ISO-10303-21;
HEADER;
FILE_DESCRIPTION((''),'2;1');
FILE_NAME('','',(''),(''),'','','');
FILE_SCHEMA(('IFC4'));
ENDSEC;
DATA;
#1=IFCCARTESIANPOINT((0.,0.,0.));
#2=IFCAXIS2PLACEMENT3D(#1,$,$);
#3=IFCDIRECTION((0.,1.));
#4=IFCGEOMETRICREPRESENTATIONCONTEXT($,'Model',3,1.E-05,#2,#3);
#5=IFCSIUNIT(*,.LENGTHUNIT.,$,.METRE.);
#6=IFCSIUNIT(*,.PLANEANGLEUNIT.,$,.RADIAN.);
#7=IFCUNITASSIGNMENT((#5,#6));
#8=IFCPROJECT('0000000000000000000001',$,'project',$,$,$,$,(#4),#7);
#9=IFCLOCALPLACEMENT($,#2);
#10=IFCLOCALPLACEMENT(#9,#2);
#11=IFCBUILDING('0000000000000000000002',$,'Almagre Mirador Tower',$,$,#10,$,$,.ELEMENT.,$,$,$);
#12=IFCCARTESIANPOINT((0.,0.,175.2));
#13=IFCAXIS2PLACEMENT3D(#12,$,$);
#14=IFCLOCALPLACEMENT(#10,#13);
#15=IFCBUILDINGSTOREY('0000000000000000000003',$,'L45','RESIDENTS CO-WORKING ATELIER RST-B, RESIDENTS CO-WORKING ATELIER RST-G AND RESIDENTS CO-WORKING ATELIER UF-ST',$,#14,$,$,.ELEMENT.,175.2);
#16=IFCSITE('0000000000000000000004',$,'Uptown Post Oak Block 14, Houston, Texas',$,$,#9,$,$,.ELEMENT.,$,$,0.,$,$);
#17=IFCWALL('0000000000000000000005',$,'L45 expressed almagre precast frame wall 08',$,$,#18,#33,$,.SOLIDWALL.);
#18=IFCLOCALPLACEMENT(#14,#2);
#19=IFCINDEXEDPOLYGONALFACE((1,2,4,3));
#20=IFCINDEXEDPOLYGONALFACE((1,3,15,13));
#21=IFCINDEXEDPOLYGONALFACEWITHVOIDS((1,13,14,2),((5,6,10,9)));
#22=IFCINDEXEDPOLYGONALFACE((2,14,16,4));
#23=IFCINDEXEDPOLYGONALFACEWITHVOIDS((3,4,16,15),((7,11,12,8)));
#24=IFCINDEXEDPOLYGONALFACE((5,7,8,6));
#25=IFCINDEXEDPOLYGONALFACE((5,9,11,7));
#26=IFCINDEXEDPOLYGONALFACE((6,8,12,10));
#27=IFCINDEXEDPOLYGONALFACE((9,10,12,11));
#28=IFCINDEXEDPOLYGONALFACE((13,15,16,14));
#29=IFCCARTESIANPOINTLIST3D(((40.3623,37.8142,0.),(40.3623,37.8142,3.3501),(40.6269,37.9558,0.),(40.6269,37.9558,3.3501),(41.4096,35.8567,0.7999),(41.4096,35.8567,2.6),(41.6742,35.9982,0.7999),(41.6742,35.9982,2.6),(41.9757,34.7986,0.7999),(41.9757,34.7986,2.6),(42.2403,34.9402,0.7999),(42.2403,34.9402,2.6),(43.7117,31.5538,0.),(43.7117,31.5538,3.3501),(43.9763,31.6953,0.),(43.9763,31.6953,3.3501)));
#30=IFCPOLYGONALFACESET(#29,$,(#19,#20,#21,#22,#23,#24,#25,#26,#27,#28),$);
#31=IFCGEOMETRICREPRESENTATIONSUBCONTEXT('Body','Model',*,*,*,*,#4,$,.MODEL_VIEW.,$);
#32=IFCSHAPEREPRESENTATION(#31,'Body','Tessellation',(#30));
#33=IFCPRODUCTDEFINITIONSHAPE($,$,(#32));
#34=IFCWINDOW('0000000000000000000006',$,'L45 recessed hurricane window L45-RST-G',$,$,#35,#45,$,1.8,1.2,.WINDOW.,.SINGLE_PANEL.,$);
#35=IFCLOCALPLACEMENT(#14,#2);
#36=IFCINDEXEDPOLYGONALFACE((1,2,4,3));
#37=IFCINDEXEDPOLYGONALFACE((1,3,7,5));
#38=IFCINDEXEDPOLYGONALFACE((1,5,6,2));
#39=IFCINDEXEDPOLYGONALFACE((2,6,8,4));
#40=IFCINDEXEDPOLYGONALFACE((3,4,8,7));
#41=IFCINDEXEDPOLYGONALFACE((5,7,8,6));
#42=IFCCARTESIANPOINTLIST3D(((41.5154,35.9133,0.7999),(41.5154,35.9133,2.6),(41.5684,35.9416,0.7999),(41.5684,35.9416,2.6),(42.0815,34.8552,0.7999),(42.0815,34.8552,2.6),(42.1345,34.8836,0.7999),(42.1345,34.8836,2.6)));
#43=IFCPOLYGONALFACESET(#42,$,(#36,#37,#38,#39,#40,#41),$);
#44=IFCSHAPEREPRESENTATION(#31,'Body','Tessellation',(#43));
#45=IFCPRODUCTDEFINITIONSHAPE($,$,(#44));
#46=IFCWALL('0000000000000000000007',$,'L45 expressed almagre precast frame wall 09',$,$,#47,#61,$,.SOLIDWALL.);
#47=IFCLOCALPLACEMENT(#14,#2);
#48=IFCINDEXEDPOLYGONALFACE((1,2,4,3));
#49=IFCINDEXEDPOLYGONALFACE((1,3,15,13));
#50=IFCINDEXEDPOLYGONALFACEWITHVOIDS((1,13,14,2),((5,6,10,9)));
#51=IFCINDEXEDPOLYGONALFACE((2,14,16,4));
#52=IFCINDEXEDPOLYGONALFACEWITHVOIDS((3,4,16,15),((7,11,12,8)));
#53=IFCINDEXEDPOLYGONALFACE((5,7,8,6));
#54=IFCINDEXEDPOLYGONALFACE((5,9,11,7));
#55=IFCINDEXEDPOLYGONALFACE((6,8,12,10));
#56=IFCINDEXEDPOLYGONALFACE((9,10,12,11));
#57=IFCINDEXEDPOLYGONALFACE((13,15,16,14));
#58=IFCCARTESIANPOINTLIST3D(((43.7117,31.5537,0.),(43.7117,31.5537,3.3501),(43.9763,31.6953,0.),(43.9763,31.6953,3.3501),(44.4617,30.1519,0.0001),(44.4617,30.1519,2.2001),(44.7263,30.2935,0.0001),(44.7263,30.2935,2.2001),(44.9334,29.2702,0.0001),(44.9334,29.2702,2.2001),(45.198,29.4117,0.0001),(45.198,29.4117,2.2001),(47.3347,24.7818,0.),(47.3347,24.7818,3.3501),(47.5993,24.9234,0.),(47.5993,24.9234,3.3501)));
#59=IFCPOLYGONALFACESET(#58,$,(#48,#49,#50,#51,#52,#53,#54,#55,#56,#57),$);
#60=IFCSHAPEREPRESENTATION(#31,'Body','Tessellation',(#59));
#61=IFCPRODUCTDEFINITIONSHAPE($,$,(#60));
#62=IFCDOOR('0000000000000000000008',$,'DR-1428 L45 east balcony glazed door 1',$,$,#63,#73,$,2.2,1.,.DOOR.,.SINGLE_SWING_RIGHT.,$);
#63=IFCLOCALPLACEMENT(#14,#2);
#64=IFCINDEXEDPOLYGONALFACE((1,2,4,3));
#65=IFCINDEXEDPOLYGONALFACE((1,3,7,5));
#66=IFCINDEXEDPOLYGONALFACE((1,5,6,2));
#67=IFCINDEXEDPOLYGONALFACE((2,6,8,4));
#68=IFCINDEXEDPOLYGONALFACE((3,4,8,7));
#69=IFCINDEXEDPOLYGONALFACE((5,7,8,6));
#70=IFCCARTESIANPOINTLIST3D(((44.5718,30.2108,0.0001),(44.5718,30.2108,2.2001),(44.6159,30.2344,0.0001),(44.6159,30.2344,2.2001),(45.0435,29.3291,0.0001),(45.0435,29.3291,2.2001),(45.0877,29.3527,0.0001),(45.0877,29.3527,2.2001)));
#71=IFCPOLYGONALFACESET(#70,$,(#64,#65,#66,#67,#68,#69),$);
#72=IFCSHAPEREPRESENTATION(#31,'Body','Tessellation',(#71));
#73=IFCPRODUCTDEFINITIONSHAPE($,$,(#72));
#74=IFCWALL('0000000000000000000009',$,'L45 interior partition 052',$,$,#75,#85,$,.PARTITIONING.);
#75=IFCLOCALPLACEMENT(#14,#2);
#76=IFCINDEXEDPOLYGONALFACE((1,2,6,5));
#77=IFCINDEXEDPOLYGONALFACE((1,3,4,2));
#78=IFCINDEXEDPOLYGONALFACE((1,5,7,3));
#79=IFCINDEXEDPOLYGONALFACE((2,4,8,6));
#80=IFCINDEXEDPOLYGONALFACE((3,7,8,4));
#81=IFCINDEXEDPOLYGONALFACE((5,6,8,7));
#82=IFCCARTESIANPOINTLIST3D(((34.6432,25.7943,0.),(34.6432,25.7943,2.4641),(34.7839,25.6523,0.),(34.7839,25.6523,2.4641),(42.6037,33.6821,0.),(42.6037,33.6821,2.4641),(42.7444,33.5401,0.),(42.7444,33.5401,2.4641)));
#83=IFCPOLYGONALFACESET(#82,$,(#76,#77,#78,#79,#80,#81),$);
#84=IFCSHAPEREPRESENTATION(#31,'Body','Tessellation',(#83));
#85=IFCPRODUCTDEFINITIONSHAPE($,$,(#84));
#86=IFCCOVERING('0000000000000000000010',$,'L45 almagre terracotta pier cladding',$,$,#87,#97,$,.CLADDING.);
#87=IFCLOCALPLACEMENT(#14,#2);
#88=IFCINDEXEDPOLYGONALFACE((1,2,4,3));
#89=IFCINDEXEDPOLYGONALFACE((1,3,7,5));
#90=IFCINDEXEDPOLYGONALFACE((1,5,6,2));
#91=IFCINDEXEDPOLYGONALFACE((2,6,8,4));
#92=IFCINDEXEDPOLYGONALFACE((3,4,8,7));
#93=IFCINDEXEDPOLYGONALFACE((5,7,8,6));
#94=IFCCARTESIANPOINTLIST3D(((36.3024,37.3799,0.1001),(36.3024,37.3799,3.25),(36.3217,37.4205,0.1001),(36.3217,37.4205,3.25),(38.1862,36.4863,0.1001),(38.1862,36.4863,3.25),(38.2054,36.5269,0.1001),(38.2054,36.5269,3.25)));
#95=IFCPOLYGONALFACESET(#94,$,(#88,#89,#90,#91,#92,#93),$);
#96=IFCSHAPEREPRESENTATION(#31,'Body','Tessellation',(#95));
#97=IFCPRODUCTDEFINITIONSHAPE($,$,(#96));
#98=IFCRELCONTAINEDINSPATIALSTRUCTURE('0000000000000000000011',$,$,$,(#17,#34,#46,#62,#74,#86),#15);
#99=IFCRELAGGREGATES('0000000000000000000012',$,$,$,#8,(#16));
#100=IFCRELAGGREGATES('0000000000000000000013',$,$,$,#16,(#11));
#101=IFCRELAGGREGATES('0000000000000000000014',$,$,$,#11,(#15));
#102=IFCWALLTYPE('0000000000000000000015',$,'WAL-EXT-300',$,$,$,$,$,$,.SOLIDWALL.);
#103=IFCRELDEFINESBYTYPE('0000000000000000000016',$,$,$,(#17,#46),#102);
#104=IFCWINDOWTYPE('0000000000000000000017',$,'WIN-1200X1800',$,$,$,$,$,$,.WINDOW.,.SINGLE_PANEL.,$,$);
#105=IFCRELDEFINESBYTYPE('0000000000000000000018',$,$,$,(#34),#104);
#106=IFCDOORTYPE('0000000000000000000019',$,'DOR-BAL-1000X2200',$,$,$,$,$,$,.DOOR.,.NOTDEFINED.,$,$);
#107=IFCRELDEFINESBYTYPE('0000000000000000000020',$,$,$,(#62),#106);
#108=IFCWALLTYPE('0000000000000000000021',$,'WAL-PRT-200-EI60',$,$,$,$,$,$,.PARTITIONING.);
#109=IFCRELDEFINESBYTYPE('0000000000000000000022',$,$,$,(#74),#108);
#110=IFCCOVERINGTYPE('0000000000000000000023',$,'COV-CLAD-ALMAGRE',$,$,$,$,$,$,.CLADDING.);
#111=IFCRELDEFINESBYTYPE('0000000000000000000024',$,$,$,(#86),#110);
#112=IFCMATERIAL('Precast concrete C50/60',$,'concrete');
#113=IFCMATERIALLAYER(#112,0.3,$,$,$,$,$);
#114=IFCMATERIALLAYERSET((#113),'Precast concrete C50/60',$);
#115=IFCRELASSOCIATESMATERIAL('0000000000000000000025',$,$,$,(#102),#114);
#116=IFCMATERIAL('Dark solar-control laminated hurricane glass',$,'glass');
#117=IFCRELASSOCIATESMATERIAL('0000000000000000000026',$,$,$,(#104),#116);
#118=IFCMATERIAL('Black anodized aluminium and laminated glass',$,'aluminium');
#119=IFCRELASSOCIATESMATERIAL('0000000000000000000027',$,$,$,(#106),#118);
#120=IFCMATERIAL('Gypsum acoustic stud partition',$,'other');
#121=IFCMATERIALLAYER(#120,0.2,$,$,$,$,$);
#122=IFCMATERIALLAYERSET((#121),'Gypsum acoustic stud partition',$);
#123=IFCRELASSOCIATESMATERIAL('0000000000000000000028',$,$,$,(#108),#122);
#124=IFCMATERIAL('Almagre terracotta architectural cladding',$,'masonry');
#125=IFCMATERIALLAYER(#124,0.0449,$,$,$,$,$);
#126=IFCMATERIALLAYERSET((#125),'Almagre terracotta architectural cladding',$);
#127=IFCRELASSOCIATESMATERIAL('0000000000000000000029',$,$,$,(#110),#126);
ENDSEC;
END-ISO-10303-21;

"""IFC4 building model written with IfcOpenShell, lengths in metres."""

from ifc_helpers import new_model, si_unit, direction, frame, frame_2d, origin, origin_2d, place, context, subcontext, project, spatial, rectangle, extrude, material, layer, layer_set, type_object, element, fill, save


model = new_model("IFC4")

# Units and contexts
model_context = context("Model", 3, precision=1e-05, world=origin(), true_north=direction((0.0, 1.0)))
body_context = subcontext(model_context, "Body", "Model", "MODEL_VIEW")
ifc_project = project(units=[si_unit("LENGTHUNIT", "METRE"), si_unit("PLANEANGLEUNIT", "RADIAN")], contexts=[model_context])

# Site, building, storey
site_placement = place(None, origin())
site = spatial("IfcSite", under=ifc_project, at=site_placement, Name="Uptown Post Oak Block 14, Houston, Texas", CompositionType="ELEMENT", RefElevation=0.0)
building_placement = place(site_placement, origin())
building = spatial("IfcBuilding", under=site, at=building_placement, Name="Almagre Mirador Tower", CompositionType="ELEMENT")
storey_placement = place(building_placement, frame((0.0, 0.0, 175.2)))
storey = spatial("IfcBuildingStorey", under=building, at=storey_placement, Name="L45", Description="RESIDENTS CO-WORKING ATELIER RST-B, RESIDENTS CO-WORKING ATELIER RST-G AND RESIDENTS CO-WORKING ATELIER UF-ST", CompositionType="ELEMENT", Elevation=175.2)

# Shared definitions
ifc_material_1 = material(Name="Precast concrete C50/60", Category="concrete")
ifc_layer_1 = layer(ifc_material_1, 0.3)
ifc_layer_set_1 = layer_set([ifc_layer_1], Name="Precast concrete C50/60")
wall_type_1 = type_object("IfcWallType", Name="WAL-EXT-300", PredefinedType="SOLIDWALL", material=ifc_layer_set_1)

# Shared definitions
ifc_material_2 = material(Name="Dark solar-control laminated hurricane glass", Category="glass")
window_type = type_object("IfcWindowType", Name="WIN-1200X1800", PartitioningType="SINGLE_PANEL", PredefinedType="WINDOW", material=ifc_material_2)

# Wall, opening, window
wall_1_placement = place(storey_placement, frame((40.4946, 37.885, 0.0), z_axis=(0.0, 0.0, 1.0), x_axis=(0.471732, -0.881742, 0.0)))
wall_1 = element("IfcWall", 1, at=wall_1_placement, inside=storey, type_object=wall_type_1, Name="L45 expressed almagre precast frame wall 08", PredefinedType="SOLIDWALL", context=body_context, shape_type="SweptSolid", body=[
    extrude(rectangle(XDim=7.1001, YDim=0.3, at=frame_2d((3.55, 0.0))), origin(), (0.0, 0.0, 1.0), 3.3501),
])
opening_1_placement = place(wall_1_placement, frame((2.22, 0.0, 0.8)))
opening_1 = element("IfcOpeningElement", 2, at=opening_1_placement, cuts=wall_1, PredefinedType="OPENING", context=body_context, shape_type="SweptSolid", body=[
    extrude(rectangle(XDim=1.2, YDim=1.8, at=frame_2d((0.6001, 0.8999))), frame((0.0, 0.1599, 0.0), z_axis=(0.0, -1.0, 0.0), x_axis=(1.0, 0.0, 0.0)), (0.0, 0.0, 1.0), 0.32),
])
window_1_placement = place(opening_1_placement, origin())
window_1 = element("IfcWindow", 3, at=window_1_placement, inside=storey, type_object=window_type, Name="L45 recessed hurricane window L45-RST-G", OverallHeight=1.8, OverallWidth=1.2, PartitioningType="SINGLE_PANEL", PredefinedType="WINDOW", context=body_context, shape_type="SweptSolid", body=[
    extrude(rectangle(XDim=1.2, YDim=1.8, at=frame_2d((0.6001, 0.8999))), frame((0.0, 0.03, 0.0), z_axis=(0.0, -1.0, 0.0), x_axis=(1.0, 0.0, 0.0)), (0.0, 0.0, 1.0), 0.0601),
])
fill(opening_1, window_1)

# Wall, opening, door
wall_2_placement = place(storey_placement, frame((43.844, 31.6245, 0.0), z_axis=(0.0, 0.0, 1.0), x_axis=(0.471736, -0.88174, 0.0)))
wall_2 = element("IfcWall", 4, at=wall_2_placement, inside=storey, type_object=wall_type_1, Name="L45 expressed almagre precast frame wall 09", PredefinedType="SOLIDWALL", context=body_context, shape_type="SweptSolid", body=[
    extrude(rectangle(XDim=7.6802, YDim=0.3, at=frame_2d((3.8401, 0.0))), origin(), (0.0, 0.0, 1.0), 3.3501),
])
opening_2_placement = place(wall_2_placement, frame((1.5898, 0.0, 0.0)))
opening_2 = element("IfcOpeningElement", 5, at=opening_2_placement, cuts=wall_2, PredefinedType="OPENING", context=body_context, shape_type="SweptSolid", body=[
    extrude(rectangle(XDim=1.0, YDim=2.2, at=frame_2d((0.5, 1.1001))), frame((0.0, 0.1599, 0.0), z_axis=(0.0, -1.0, 0.0), x_axis=(1.0, 0.0, 0.0)), (0.0, 0.0, 1.0), 0.32),
])
ifc_material_3 = material(Name="Black anodized aluminium and laminated glass", Category="aluminium")
door_type = type_object("IfcDoorType", Name="DOR-BAL-1000X2200", OperationType="NOTDEFINED", PredefinedType="DOOR", material=ifc_material_3)
door_placement = place(opening_2_placement, origin())
door = element("IfcDoor", 6, at=door_placement, inside=storey, type_object=door_type, Name="DR-1428 L45 east balcony glazed door 1", OperationType="SINGLE_SWING_RIGHT", OverallHeight=2.2, OverallWidth=1.0, PredefinedType="DOOR", context=body_context, shape_type="SweptSolid", body=[
    extrude(rectangle(XDim=1.0, YDim=2.2, at=frame_2d((0.5, 1.1001))), frame((0.0, 0.0249, 0.0), z_axis=(0.0, -1.0, 0.0), x_axis=(1.0, 0.0, 0.0)), (0.0, 0.0, 1.0), 0.05),
])
fill(opening_2, door)

# Wall
ifc_material_4 = material(Name="Gypsum acoustic stud partition", Category="other")
ifc_layer_2 = layer(ifc_material_4, 0.2)
ifc_layer_set_2 = layer_set([ifc_layer_2], Name="Gypsum acoustic stud partition")
wall_type_2 = type_object("IfcWallType", Name="WAL-PRT-200-EI60", PredefinedType="PARTITIONING", material=ifc_layer_set_2)
wall_3_placement = place(storey_placement, frame((42.6741, 33.6111, 0.0), z_axis=(0.0, 0.0, 1.0), x_axis=(-0.710345, -0.703853, 0.0)))
element("IfcWall", 7, at=wall_3_placement, inside=storey, type_object=wall_type_2, Name="L45 interior partition 052", PredefinedType="PARTITIONING", context=body_context, shape_type="SweptSolid", body=[
    extrude(rectangle(XDim=11.2065, YDim=0.2, at=frame_2d((5.6033, 0.0))), origin(), (0.0, 0.0, 1.0), 2.4641),
])

# Covering
ifc_material_5 = material(Name="Almagre terracotta architectural cladding", Category="masonry")
ifc_layer_3 = layer(ifc_material_5, 0.0449)
ifc_layer_set_3 = layer_set([ifc_layer_3], Name="Almagre terracotta architectural cladding")
covering_type = type_object("IfcCoveringType", Name="COV-CLAD-ALMAGRE", PredefinedType="CLADDING", material=ifc_layer_set_3)
covering_placement = place(storey_placement, frame((37.2539, 36.9534, 0.1001), z_axis=(0.0, 0.0, 1.0), x_axis=(0.903492, -0.428604, 0.0)))
element("IfcCovering", 8, at=covering_placement, inside=storey, type_object=covering_type, Name="L45 almagre terracotta pier cladding", PredefinedType="CLADDING", context=body_context, shape_type="SweptSolid", body=[
    extrude(rectangle(XDim=2.085, YDim=0.0449, at=origin_2d()), origin(), (0.0, 0.0, 1.0), 3.1499),
])

save(model, "model.ifc")
